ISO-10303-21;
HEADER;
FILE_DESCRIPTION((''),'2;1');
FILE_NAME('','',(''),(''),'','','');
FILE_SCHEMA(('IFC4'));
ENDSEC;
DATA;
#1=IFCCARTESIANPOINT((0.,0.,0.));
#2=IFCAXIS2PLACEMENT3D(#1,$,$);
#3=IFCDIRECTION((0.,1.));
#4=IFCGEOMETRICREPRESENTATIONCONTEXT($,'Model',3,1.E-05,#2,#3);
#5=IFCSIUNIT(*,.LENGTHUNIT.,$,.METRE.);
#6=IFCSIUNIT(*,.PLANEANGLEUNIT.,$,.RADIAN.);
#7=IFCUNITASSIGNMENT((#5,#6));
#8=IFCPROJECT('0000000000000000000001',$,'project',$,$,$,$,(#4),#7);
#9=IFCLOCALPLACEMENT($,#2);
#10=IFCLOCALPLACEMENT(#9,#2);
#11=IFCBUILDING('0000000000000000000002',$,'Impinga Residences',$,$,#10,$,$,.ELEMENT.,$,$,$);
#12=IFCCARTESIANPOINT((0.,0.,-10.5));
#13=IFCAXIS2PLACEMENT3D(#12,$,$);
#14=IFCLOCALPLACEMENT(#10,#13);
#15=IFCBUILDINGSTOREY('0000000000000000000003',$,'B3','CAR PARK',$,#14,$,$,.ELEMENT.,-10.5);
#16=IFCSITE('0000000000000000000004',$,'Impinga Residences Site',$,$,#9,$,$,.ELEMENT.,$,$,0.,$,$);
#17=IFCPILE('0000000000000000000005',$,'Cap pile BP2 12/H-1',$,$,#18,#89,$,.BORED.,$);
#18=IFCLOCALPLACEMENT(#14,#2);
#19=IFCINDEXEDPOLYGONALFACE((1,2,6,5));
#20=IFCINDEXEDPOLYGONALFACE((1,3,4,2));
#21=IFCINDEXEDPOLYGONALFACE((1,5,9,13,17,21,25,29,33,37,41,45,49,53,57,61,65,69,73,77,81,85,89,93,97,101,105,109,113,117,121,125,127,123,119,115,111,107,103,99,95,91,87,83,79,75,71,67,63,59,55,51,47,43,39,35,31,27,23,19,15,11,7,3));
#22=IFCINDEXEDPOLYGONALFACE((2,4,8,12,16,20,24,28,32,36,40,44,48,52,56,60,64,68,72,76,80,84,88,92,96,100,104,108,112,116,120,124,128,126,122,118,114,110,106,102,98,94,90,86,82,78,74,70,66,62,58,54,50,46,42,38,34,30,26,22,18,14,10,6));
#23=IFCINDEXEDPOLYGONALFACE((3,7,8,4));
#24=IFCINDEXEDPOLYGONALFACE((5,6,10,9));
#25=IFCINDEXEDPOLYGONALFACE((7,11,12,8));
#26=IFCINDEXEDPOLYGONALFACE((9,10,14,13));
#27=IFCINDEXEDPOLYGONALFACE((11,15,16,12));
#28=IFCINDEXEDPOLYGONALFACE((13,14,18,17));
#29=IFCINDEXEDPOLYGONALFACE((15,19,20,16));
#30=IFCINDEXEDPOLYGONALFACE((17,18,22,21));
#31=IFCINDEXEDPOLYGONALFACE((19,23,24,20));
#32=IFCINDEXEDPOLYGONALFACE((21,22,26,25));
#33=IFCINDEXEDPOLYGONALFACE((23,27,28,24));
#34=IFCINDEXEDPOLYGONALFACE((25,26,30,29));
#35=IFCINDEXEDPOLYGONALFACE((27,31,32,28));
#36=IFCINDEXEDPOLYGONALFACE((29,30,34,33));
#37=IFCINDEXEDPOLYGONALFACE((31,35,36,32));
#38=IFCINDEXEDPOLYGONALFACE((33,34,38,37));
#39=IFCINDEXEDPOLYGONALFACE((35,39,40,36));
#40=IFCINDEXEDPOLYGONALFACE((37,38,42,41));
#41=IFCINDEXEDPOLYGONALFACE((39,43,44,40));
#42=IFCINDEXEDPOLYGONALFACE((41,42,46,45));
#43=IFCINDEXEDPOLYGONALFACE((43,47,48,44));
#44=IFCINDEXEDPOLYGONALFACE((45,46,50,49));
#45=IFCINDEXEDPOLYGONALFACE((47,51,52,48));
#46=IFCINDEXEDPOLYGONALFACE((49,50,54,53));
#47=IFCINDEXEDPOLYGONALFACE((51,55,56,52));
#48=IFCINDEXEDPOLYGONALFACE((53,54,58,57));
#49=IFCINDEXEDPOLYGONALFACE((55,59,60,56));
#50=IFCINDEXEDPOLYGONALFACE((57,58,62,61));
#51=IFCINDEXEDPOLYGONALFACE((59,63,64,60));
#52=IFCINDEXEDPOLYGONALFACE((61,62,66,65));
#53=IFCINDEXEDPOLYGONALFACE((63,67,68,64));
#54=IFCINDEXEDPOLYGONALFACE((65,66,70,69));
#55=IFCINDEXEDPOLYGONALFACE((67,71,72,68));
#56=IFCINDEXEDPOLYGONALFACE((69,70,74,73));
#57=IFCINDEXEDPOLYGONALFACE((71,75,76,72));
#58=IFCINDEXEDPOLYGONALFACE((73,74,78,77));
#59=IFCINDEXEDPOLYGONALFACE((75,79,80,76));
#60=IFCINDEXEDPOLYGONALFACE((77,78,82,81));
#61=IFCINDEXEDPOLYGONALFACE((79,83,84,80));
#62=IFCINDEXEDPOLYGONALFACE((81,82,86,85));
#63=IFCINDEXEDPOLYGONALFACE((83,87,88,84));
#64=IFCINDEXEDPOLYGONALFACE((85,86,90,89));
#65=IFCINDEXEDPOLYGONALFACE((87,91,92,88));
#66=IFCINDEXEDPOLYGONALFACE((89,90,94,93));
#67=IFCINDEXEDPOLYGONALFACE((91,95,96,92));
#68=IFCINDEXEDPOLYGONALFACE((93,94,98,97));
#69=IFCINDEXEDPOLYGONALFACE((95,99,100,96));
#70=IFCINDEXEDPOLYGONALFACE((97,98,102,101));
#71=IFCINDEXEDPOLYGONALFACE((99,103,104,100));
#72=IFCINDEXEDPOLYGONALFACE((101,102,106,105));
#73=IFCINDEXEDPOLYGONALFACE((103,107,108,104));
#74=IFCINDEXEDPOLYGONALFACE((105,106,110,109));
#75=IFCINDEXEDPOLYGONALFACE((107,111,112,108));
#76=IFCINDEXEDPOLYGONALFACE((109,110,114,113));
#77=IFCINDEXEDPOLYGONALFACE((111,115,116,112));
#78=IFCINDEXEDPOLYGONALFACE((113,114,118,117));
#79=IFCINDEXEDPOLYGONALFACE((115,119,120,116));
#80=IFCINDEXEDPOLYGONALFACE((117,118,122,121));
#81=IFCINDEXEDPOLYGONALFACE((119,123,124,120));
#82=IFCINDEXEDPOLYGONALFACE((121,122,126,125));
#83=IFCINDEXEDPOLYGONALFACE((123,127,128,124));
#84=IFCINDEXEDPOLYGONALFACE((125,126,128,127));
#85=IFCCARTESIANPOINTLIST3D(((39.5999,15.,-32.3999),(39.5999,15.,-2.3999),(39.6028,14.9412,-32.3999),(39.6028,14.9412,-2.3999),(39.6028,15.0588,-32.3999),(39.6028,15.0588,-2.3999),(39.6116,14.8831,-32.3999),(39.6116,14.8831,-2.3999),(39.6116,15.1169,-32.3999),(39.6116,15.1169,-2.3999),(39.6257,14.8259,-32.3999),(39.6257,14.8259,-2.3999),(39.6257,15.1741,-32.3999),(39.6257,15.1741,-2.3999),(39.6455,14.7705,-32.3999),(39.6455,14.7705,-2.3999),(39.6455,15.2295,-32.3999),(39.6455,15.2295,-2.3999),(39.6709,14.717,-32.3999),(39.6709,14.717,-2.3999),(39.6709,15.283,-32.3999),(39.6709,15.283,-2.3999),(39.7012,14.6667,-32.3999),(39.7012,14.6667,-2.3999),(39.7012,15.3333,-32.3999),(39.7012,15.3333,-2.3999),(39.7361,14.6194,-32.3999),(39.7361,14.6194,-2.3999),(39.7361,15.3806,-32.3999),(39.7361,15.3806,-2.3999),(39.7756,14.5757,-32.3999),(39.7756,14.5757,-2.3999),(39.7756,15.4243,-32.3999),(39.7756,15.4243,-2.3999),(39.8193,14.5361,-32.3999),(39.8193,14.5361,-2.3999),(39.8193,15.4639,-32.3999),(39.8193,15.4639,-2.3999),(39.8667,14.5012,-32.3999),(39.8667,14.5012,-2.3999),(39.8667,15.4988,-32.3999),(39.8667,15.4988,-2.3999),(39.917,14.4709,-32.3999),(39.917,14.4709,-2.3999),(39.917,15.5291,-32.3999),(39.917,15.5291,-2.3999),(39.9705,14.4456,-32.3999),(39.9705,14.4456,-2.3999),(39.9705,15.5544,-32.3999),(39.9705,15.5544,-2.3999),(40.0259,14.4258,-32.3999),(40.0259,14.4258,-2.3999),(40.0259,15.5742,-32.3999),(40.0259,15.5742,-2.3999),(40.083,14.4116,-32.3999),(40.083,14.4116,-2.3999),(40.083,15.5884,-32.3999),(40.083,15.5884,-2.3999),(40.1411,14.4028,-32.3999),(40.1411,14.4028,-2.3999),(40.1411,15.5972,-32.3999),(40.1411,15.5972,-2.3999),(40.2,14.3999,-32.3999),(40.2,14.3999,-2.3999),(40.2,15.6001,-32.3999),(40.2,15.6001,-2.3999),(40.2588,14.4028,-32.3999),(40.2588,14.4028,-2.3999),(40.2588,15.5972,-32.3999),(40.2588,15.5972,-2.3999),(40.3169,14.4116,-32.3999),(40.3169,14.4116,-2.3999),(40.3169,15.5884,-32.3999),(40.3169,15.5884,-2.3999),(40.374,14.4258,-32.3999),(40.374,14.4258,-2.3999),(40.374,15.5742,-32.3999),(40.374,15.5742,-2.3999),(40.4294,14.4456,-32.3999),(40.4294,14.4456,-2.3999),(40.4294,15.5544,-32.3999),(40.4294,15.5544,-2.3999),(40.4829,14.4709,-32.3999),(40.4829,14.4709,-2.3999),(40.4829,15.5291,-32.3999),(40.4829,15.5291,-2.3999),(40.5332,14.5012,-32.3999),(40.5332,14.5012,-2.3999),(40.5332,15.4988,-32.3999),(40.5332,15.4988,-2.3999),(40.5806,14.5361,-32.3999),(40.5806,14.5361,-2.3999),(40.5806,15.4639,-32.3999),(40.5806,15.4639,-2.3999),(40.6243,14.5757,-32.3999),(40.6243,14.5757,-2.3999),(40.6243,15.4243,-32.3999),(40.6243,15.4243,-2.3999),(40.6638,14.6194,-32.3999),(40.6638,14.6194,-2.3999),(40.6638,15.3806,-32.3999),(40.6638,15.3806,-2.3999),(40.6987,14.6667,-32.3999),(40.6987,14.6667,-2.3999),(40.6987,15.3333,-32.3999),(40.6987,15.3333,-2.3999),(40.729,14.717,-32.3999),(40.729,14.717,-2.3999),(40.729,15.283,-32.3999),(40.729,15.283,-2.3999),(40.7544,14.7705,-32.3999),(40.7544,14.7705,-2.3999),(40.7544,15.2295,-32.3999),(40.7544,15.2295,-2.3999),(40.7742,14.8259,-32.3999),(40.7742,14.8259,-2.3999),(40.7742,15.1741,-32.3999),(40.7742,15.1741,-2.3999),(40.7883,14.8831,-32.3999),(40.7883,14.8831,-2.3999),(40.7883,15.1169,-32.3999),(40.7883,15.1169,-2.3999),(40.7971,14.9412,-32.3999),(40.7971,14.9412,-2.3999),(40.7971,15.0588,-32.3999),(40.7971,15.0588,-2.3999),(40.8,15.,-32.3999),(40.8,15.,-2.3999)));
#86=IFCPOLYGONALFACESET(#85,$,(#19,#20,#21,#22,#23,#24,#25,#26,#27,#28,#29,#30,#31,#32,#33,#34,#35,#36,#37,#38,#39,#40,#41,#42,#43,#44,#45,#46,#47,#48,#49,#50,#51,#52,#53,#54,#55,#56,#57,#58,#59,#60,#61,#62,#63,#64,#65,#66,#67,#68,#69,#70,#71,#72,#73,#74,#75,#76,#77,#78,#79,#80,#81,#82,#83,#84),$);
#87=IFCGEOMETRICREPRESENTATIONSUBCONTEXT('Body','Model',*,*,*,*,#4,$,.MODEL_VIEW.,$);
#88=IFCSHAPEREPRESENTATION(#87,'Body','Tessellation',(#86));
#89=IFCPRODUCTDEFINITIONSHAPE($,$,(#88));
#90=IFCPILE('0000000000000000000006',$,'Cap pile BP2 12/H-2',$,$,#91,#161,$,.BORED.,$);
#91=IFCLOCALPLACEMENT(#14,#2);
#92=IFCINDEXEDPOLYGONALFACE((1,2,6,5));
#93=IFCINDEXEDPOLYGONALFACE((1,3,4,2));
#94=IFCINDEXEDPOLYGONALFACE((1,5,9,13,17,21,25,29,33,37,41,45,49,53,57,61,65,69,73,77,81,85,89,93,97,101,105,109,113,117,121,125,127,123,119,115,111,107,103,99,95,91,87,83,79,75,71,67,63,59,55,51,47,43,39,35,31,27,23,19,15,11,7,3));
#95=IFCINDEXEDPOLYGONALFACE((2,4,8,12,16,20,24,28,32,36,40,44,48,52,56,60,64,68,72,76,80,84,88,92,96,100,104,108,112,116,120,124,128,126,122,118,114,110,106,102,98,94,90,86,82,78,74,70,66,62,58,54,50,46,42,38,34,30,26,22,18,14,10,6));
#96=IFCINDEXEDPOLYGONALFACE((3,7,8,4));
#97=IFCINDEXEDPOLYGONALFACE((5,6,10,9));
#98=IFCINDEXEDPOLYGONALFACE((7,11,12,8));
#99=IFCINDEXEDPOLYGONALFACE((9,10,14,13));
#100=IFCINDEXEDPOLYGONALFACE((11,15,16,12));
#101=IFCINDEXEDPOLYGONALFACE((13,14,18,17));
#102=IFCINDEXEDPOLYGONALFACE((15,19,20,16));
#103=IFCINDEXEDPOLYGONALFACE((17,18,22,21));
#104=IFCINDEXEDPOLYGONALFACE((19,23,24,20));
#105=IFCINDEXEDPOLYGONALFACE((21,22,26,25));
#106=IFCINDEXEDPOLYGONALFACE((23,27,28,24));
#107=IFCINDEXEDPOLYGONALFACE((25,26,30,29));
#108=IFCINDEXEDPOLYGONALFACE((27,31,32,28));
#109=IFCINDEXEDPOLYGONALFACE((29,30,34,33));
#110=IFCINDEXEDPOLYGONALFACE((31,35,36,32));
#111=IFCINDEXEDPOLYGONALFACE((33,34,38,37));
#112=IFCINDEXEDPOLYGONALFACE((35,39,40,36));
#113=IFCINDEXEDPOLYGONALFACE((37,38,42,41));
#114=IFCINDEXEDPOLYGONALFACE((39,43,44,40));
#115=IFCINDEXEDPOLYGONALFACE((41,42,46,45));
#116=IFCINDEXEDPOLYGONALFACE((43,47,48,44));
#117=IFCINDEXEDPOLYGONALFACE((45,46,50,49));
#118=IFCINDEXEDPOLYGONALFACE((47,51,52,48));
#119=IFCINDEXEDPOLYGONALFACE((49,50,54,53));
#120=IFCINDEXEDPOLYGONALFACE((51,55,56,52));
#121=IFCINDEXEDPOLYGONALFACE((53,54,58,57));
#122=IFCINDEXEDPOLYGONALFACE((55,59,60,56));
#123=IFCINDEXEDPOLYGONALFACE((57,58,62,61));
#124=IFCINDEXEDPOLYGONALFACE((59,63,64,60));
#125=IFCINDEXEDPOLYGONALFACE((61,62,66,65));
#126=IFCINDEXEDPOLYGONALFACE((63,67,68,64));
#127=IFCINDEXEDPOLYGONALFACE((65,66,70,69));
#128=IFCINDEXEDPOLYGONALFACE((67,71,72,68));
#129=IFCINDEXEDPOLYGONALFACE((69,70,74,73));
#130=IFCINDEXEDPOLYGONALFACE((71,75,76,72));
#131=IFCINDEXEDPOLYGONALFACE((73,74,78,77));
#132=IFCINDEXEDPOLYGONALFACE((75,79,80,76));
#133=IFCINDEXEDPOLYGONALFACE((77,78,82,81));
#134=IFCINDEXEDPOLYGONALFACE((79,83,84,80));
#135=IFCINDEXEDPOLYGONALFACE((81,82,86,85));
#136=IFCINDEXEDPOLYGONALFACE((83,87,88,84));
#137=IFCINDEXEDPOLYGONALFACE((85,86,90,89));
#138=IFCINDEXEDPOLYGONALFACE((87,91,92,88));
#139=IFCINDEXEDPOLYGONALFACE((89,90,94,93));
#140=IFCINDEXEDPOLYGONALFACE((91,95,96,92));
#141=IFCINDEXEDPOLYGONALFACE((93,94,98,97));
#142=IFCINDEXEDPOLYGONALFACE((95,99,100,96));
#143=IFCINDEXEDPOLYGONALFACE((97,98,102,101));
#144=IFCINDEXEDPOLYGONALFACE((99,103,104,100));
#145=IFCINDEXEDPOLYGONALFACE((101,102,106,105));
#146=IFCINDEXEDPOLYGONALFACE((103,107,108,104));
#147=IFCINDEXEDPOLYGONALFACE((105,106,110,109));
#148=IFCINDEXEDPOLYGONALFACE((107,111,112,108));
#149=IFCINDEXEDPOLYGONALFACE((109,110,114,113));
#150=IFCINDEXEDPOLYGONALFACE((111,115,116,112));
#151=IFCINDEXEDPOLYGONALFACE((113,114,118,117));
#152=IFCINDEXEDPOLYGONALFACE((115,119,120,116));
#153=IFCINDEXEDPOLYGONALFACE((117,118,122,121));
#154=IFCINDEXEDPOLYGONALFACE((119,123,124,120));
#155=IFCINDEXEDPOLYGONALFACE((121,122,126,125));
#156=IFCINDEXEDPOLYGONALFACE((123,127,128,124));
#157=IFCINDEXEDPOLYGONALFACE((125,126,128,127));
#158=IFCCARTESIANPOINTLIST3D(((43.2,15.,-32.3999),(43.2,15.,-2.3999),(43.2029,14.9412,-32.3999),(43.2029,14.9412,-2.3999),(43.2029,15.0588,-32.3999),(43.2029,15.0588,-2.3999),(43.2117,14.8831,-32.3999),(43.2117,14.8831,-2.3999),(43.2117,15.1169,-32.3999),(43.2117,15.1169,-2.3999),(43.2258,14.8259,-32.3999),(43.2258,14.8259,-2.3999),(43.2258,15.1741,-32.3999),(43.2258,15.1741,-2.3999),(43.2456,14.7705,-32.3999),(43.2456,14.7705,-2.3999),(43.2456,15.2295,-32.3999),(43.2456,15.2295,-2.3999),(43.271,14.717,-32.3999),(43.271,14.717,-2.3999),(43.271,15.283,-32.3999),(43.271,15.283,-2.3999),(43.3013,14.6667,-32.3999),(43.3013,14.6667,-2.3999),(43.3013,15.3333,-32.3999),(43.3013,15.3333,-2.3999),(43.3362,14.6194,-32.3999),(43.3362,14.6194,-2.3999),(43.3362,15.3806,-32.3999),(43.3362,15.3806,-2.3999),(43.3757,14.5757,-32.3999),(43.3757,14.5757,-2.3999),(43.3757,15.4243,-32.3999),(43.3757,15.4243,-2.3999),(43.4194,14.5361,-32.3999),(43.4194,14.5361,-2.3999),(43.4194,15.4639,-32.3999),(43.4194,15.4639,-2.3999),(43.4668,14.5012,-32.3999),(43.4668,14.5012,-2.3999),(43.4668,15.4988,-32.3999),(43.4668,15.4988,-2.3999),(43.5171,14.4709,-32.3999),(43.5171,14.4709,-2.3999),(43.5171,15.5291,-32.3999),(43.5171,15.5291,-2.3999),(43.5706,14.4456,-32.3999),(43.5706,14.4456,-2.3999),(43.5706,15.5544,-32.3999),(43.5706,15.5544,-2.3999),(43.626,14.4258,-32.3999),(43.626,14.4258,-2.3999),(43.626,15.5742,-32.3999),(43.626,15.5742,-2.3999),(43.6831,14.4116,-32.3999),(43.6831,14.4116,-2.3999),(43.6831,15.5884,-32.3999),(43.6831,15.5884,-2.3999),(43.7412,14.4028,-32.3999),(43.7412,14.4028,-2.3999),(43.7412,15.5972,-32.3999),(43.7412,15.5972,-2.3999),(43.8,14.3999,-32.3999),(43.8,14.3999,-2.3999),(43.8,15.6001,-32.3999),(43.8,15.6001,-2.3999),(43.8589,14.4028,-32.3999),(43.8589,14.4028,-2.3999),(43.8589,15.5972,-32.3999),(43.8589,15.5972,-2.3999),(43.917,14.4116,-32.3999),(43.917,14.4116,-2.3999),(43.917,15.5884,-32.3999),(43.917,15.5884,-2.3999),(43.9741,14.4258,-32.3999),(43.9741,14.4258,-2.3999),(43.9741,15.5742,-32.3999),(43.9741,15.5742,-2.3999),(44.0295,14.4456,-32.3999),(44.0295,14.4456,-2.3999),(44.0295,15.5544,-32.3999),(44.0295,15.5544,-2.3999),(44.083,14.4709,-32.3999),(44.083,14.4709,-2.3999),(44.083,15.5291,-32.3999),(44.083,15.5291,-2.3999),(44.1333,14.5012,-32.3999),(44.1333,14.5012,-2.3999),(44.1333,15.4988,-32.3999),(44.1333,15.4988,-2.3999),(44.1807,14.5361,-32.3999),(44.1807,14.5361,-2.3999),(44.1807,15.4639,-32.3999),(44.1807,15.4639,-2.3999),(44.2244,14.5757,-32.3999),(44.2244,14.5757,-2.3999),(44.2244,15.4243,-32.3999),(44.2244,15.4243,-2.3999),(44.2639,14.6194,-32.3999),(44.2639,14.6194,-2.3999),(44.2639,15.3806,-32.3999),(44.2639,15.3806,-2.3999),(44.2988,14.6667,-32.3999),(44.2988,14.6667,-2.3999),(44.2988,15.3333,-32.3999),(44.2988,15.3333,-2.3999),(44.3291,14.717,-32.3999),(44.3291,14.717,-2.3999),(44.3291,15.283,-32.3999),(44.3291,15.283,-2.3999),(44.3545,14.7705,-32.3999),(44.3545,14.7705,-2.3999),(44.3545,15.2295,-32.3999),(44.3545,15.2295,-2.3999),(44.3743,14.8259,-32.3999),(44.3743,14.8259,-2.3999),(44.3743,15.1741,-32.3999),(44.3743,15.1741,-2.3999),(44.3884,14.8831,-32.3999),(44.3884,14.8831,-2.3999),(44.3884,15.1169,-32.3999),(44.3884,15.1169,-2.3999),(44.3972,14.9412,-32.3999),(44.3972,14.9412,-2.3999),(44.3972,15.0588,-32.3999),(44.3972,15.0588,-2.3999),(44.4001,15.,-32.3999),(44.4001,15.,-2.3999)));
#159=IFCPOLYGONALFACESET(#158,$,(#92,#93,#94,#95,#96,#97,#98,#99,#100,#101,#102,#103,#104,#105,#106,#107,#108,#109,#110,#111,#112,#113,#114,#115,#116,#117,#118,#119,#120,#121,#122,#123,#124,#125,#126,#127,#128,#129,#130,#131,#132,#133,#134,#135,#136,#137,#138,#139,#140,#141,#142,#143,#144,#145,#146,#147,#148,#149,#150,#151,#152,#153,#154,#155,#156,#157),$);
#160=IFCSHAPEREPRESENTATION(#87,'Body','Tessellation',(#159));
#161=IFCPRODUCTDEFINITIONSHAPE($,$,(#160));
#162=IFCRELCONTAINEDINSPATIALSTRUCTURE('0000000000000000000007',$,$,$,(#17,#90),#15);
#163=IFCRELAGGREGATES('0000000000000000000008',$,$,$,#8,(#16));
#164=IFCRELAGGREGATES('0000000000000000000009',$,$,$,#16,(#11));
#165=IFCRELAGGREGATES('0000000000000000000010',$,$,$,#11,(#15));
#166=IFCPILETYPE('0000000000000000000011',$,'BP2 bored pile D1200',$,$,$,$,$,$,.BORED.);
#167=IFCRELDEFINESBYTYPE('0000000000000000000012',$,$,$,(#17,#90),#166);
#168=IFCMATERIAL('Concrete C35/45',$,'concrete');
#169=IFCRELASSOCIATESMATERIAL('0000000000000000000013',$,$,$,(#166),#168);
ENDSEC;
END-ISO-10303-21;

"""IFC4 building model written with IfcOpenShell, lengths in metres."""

from ifc_helpers import new_model, si_unit, direction, frame, origin, origin_2d, place, context, subcontext, project, spatial, polyline, circle, outline, extrude, material, material_profile, profile_set, type_object, element, save


model = new_model("IFC4")

# Units and contexts
model_context = context("Model", 3, precision=1e-05, world=origin(), true_north=direction((0.0, 1.0)))
body_context = subcontext(model_context, "Body", "Model", "MODEL_VIEW")
ifc_project = project(units=[si_unit("LENGTHUNIT", "METRE"), si_unit("PLANEANGLEUNIT", "RADIAN")], contexts=[model_context])

# Site, building, storey
site_placement = place(None, origin())
site = spatial("IfcSite", under=ifc_project, at=site_placement, Name="Impinga Residences Site", CompositionType="ELEMENT", RefElevation=0.0)
building_placement = place(site_placement, origin())
building = spatial("IfcBuilding", under=site, at=building_placement, Name="Impinga Residences", CompositionType="ELEMENT")
storey_placement = place(building_placement, frame((0.0, 0.0, -10.5)))
storey = spatial("IfcBuildingStorey", under=building, at=storey_placement, Name="B3", Description="CAR PARK", CompositionType="ELEMENT", Elevation=-10.5)

# Piles
ifc_material_1 = material(Name="Concrete C35/45", Category="concrete")
ifc_material_profile_1 = material_profile(ifc_material_1, circle(Radius=0.6001, at=origin_2d()), Name="D1200")
ifc_profile_set_1 = profile_set([ifc_material_profile_1], Name="Concrete C35/45")
pile_type = type_object("IfcPileType", Name="BP2 bored pile D1200", PredefinedType="BORED", material=ifc_profile_set_1)
pile_1_placement = place(storey_placement, frame((40.2, 15.0, -2.3999), z_axis=(0.0, 0.0, -1.0), x_axis=(1.0, 0.0, 0.0)))
element("IfcPile", 1, at=pile_1_placement, inside=storey, type_object=pile_type, Name="Cap pile BP2 12/H-1", PredefinedType="BORED", context=body_context, shape_type="SweptSolid", body=[
    extrude(outline(polyline([(0.6001, 0.0), (0.5972, 0.0588), (0.5884, 0.1169), (0.5742, 0.1741), (0.5544, 0.2295), (0.5291, 0.283), (0.4988, 0.3333), (0.4639, 0.3806), (0.4243, 0.4243), (0.3806, 0.4639), (0.3333, 0.4988), (0.283, 0.5291), (0.2295, 0.5544), (0.1741, 0.5742), (0.1169, 0.5884), (0.0588, 0.5972), (0.0, 0.6001), (-0.0588, 0.5972), (-0.1169, 0.5884), (-0.1741, 0.5742), (-0.2295, 0.5544), (-0.283, 0.5291), (-0.3333, 0.4988), (-0.3806, 0.4639), (-0.4243, 0.4243), (-0.4639, 0.3806), (-0.4988, 0.3333), (-0.5291, 0.283), (-0.5544, 0.2295), (-0.5742, 0.1741), (-0.5884, 0.1169), (-0.5972, 0.0588), (-0.6001, 0.0), (-0.5972, -0.0588), (-0.5884, -0.1169), (-0.5742, -0.1741), (-0.5544, -0.2295), (-0.5291, -0.283), (-0.4988, -0.3333), (-0.4639, -0.3806), (-0.4243, -0.4243), (-0.3806, -0.4639), (-0.3333, -0.4988), (-0.283, -0.5291), (-0.2295, -0.5544), (-0.1741, -0.5742), (-0.1169, -0.5884), (-0.0588, -0.5972), (0.0, -0.6001), (0.0588, -0.5972), (0.1169, -0.5884), (0.1741, -0.5742), (0.2295, -0.5544), (0.283, -0.5291), (0.3333, -0.4988), (0.3806, -0.4639), (0.4243, -0.4243), (0.4639, -0.3806), (0.4988, -0.3333), (0.5291, -0.283), (0.5544, -0.2295), (0.5742, -0.1741), (0.5884, -0.1169), (0.5972, -0.0588), (0.6001, 0.0)])), origin(), (0.0, 0.0, 1.0), 30.0),
])
pile_2_placement = place(storey_placement, frame((43.8, 15.0, -2.3999), z_axis=(0.0, 0.0, -1.0), x_axis=(1.0, 0.0, 0.0)))
element("IfcPile", 2, at=pile_2_placement, inside=storey, type_object=pile_type, Name="Cap pile BP2 12/H-2", PredefinedType="BORED", context=body_context, shape_type="SweptSolid", body=[
    extrude(outline(polyline([(0.6001, 0.0), (0.5972, 0.0588), (0.5884, 0.1169), (0.5742, 0.1741), (0.5544, 0.2295), (0.5291, 0.283), (0.4988, 0.3333), (0.4639, 0.3806), (0.4243, 0.4243), (0.3806, 0.4639), (0.3333, 0.4988), (0.283, 0.5291), (0.2295, 0.5544), (0.1741, 0.5742), (0.1169, 0.5884), (0.0588, 0.5972), (0.0, 0.6001), (-0.0588, 0.5972), (-0.1169, 0.5884), (-0.1741, 0.5742), (-0.2295, 0.5544), (-0.283, 0.5291), (-0.3333, 0.4988), (-0.3806, 0.4639), (-0.4243, 0.4243), (-0.4639, 0.3806), (-0.4988, 0.3333), (-0.5291, 0.283), (-0.5544, 0.2295), (-0.5742, 0.1741), (-0.5884, 0.1169), (-0.5972, 0.0588), (-0.6001, 0.0), (-0.5972, -0.0588), (-0.5884, -0.1169), (-0.5742, -0.1741), (-0.5544, -0.2295), (-0.5291, -0.283), (-0.4988, -0.3333), (-0.4639, -0.3806), (-0.4243, -0.4243), (-0.3806, -0.4639), (-0.3333, -0.4988), (-0.283, -0.5291), (-0.2295, -0.5544), (-0.1741, -0.5742), (-0.1169, -0.5884), (-0.0588, -0.5972), (0.0, -0.6001), (0.0588, -0.5972), (0.1169, -0.5884), (0.1741, -0.5742), (0.2295, -0.5544), (0.283, -0.5291), (0.3333, -0.4988), (0.3806, -0.4639), (0.4243, -0.4243), (0.4639, -0.3806), (0.4988, -0.3333), (0.5291, -0.283), (0.5544, -0.2295), (0.5742, -0.1741), (0.5884, -0.1169), (0.5972, -0.0588), (0.6001, 0.0)])), origin(), (0.0, 0.0, 1.0), 30.0),
])

save(model, "model.ifc")
